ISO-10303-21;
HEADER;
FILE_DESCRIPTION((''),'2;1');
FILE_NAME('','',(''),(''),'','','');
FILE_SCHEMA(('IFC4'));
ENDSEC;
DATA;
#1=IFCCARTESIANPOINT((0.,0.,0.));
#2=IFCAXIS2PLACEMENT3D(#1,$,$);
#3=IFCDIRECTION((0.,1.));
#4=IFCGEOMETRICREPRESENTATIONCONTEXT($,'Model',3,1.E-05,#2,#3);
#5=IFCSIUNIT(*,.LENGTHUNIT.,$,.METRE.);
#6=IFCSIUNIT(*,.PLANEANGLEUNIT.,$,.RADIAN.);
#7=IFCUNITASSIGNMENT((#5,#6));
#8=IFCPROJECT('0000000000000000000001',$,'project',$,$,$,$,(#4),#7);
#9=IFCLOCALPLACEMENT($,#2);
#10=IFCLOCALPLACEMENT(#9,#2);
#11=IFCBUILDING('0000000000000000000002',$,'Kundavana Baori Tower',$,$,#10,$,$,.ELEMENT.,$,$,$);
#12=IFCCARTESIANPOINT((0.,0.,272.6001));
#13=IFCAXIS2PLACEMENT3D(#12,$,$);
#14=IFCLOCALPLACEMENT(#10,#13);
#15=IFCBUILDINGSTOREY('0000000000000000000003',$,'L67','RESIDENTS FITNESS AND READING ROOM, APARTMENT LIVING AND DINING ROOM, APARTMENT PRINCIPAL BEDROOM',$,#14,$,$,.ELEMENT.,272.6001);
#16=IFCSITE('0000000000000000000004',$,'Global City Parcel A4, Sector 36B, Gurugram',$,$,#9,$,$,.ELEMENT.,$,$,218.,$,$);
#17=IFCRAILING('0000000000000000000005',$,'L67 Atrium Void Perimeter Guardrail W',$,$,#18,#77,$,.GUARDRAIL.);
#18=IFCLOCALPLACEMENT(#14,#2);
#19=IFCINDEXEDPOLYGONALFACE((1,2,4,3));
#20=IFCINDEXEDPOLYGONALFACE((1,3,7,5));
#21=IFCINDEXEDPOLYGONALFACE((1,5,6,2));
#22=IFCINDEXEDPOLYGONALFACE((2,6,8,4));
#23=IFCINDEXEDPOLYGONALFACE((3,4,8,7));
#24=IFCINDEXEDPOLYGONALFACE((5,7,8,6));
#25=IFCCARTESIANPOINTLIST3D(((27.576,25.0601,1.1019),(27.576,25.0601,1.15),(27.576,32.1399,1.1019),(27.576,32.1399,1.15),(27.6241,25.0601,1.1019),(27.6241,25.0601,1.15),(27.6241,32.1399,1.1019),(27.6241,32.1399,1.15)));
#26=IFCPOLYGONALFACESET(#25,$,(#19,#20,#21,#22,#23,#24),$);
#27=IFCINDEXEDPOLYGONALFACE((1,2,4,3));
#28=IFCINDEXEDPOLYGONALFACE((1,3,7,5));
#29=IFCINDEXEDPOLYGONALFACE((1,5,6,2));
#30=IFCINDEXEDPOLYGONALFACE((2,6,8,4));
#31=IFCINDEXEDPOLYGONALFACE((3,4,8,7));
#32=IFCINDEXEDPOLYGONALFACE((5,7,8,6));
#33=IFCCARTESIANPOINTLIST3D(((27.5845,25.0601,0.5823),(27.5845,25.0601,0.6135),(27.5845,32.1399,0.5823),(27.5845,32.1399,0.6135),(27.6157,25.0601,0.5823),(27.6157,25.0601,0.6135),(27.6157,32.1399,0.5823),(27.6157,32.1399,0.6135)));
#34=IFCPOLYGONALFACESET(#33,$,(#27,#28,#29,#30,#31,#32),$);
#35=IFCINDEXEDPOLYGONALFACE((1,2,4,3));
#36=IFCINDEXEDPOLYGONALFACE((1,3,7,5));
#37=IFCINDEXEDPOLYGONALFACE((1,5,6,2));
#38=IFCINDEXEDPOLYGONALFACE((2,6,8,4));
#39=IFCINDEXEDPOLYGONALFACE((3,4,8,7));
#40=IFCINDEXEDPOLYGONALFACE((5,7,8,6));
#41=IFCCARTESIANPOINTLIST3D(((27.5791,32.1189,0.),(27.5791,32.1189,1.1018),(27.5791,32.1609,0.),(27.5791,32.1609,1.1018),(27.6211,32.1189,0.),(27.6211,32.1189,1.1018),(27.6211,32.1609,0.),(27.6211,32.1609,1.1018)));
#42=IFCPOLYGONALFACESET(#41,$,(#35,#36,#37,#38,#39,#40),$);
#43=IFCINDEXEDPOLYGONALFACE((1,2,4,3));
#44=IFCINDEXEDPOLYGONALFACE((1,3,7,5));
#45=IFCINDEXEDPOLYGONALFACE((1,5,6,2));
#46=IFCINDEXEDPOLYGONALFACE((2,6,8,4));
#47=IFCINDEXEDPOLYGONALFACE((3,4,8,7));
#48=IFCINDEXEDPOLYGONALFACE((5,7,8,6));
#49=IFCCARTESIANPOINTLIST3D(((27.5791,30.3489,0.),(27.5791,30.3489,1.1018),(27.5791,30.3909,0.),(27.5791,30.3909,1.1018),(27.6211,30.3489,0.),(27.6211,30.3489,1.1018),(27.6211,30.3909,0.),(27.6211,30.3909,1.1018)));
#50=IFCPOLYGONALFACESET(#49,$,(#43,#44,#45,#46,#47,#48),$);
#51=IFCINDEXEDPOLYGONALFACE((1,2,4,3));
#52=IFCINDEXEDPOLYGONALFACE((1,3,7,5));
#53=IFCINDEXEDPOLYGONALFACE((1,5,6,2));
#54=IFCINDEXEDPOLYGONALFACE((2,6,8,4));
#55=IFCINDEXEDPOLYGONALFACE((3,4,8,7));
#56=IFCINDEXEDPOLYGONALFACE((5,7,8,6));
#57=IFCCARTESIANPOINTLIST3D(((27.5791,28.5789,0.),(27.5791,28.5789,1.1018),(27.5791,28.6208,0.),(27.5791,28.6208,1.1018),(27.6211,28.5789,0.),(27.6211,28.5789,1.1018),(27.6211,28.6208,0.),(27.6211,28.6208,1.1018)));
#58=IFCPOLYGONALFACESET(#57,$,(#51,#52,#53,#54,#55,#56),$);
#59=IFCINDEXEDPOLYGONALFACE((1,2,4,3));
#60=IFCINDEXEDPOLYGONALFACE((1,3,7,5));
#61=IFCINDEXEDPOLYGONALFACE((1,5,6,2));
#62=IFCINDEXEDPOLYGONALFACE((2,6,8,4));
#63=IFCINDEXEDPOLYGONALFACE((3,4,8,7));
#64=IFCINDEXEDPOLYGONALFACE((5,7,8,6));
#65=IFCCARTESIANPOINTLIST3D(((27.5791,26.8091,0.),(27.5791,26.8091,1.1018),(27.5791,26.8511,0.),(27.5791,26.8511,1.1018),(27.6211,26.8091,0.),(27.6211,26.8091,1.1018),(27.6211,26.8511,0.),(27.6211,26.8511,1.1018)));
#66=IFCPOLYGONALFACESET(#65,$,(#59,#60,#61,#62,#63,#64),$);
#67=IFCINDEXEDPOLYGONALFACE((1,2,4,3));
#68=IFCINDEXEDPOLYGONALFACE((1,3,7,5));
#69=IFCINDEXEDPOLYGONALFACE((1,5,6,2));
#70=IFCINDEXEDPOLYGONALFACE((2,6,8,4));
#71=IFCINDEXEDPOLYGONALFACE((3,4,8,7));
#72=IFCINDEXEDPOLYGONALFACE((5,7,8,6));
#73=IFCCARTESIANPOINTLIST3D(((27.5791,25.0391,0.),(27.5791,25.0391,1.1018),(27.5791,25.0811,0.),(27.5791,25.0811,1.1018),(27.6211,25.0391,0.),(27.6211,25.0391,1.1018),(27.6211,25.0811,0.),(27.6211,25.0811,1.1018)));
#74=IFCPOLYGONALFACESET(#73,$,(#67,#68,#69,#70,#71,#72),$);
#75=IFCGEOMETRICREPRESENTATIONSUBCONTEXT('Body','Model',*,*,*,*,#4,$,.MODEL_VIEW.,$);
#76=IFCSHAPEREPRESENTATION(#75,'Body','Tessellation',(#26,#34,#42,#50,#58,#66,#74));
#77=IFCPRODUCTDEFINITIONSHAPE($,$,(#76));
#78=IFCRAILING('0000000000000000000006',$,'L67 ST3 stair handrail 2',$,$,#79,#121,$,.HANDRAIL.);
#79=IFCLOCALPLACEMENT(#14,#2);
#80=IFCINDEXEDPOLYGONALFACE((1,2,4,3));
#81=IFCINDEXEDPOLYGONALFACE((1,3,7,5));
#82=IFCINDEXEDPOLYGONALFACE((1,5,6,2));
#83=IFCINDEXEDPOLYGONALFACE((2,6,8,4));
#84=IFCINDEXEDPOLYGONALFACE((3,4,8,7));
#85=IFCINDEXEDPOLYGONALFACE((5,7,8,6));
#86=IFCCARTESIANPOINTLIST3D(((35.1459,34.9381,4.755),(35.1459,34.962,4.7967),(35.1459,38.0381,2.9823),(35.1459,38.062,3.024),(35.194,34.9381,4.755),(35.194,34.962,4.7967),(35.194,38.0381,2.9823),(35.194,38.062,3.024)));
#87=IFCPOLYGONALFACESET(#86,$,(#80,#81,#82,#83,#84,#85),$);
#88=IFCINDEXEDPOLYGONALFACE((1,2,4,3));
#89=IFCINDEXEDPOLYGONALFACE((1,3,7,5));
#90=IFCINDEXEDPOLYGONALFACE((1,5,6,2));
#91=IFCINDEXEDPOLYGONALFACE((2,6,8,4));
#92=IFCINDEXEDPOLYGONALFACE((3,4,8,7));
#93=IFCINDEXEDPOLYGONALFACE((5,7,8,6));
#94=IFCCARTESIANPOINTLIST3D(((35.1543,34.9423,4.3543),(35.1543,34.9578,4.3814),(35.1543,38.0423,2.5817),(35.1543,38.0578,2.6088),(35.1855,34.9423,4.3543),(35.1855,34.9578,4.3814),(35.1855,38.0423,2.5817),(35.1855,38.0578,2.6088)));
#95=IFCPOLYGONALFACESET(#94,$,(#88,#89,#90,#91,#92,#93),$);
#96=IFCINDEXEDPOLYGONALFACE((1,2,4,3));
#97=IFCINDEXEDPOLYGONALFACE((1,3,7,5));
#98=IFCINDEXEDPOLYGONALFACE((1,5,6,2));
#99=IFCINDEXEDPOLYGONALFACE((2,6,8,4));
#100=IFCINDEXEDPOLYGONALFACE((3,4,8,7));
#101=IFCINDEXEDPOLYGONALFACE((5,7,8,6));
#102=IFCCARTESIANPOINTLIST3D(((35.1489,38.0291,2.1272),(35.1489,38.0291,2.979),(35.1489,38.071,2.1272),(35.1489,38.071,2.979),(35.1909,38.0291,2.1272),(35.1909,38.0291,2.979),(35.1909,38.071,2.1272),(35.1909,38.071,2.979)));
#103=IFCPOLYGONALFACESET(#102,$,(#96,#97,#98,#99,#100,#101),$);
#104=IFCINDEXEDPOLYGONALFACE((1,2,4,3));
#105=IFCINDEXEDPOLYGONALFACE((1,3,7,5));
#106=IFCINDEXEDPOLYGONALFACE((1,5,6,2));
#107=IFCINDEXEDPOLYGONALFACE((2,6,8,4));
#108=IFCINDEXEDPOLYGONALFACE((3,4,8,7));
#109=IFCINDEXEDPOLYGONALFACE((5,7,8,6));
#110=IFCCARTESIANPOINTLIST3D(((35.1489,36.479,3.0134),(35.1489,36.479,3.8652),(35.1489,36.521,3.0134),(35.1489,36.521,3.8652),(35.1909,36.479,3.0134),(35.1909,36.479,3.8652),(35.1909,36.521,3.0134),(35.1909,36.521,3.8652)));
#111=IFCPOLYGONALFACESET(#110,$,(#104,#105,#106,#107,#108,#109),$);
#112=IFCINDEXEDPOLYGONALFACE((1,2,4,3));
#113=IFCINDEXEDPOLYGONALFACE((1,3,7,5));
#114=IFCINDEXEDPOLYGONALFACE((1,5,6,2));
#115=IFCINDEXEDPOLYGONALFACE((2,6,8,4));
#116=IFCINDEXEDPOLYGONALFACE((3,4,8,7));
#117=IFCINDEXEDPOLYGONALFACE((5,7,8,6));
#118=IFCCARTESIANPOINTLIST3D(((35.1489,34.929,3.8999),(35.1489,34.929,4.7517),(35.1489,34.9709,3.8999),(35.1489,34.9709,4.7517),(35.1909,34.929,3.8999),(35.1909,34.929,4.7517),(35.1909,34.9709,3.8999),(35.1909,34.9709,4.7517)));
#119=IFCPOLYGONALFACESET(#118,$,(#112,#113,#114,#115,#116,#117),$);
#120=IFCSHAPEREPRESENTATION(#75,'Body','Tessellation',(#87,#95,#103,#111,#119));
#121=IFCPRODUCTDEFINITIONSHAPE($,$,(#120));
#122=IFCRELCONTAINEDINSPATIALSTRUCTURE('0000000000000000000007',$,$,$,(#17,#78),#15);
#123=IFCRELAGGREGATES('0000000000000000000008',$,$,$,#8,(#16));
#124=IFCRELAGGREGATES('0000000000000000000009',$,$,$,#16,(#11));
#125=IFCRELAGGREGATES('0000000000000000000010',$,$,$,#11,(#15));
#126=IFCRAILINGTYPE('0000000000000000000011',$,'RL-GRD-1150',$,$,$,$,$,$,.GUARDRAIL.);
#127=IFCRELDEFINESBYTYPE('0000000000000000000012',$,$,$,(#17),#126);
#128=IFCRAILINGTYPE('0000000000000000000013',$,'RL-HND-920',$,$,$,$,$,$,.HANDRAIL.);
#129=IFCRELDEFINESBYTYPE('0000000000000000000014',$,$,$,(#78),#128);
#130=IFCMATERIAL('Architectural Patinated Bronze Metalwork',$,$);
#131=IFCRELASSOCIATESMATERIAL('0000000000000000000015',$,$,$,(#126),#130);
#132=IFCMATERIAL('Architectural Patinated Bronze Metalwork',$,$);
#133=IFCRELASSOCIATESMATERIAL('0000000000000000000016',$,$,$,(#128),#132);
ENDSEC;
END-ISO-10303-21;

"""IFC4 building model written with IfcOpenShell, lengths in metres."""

from ifc_helpers import new_model, si_unit, direction, frame, origin, origin_2d, place, context, subcontext, project, spatial, rectangle, extrude, material, type_object, element, save


model = new_model("IFC4")

# Units and contexts
model_context = context("Model", 3, precision=1e-05, world=origin(), true_north=direction((0.0, 1.0)))
body_context = subcontext(model_context, "Body", "Model", "MODEL_VIEW")
ifc_project = project(units=[si_unit("LENGTHUNIT", "METRE"), si_unit("PLANEANGLEUNIT", "RADIAN")], contexts=[model_context])

# Site, building, storey
site_placement = place(None, origin())
site = spatial("IfcSite", under=ifc_project, at=site_placement, Name="Global City Parcel A4, Sector 36B, Gurugram", CompositionType="ELEMENT", RefElevation=218.0)
building_placement = place(site_placement, origin())
building = spatial("IfcBuilding", under=site, at=building_placement, Name="Kundavana Baori Tower", CompositionType="ELEMENT")
storey_placement = place(building_placement, frame((0.0, 0.0, 272.6001)))
storey = spatial("IfcBuildingStorey", under=building, at=storey_placement, Name="L67", Description="RESIDENTS FITNESS AND READING ROOM, APARTMENT LIVING AND DINING ROOM, APARTMENT PRINCIPAL BEDROOM", CompositionType="ELEMENT", Elevation=272.6001)

# Railings
ifc_material_1 = material(Name="Architectural Patinated Bronze Metalwork")
railing_type_1 = type_object("IfcRailingType", Name="RL-GRD-1150", PredefinedType="GUARDRAIL", material=ifc_material_1)
railing_1_placement = place(storey_placement, frame((27.6001, 32.1399, 0.0)))
element("IfcRailing", 1, at=railing_1_placement, inside=storey, type_object=railing_type_1, Name="L67 Atrium Void Perimeter Guardrail W", PredefinedType="GUARDRAIL", context=body_context, shape_type="SweptSolid", body=[
    extrude(rectangle(XDim=0.0481, YDim=0.0481, at=origin_2d()), frame((0.0, 0.0, 1.126), z_axis=(0.0, -1.0, 0.0), x_axis=(1.0, 0.0, 0.0)), (0.0, 0.0, 1.0), 7.0798),
    extrude(rectangle(XDim=0.0312, YDim=0.0312, at=origin_2d()), frame((0.0, 0.0, 0.5979), z_axis=(0.0, -1.0, 0.0), x_axis=(1.0, 0.0, 0.0)), (0.0, 0.0, 1.0), 7.0798),
    extrude(rectangle(XDim=0.042, YDim=0.042, at=origin_2d()), origin(), (0.0, 0.0, 1.0), 1.1018),
    extrude(rectangle(XDim=0.042, YDim=0.042, at=origin_2d()), frame((0.0, -1.77, 0.0)), (0.0, 0.0, 1.0), 1.1018),
    extrude(rectangle(XDim=0.042, YDim=0.042, at=origin_2d()), frame((0.0, -3.54, 0.0)), (0.0, 0.0, 1.0), 1.1018),
    extrude(rectangle(XDim=0.042, YDim=0.042, at=origin_2d()), frame((0.0, -5.3098, 0.0)), (0.0, 0.0, 1.0), 1.1018),
    extrude(rectangle(XDim=0.042, YDim=0.042, at=origin_2d()), frame((0.0, -7.0798, 0.0)), (0.0, 0.0, 1.0), 1.1018),
])
ifc_material_2 = material(Name="Architectural Patinated Bronze Metalwork")
railing_type_2 = type_object("IfcRailingType", Name="RL-HND-920", PredefinedType="HANDRAIL", material=ifc_material_2)
railing_2_placement = place(storey_placement, frame((35.1699, 38.05, 2.1272)))
element("IfcRailing", 2, at=railing_2_placement, inside=storey, type_object=railing_type_2, Name="L67 ST3 stair handrail 2", PredefinedType="HANDRAIL", context=body_context, shape_type="SweptSolid", body=[
    extrude(rectangle(XDim=0.0481, YDim=0.0481, at=origin_2d()), frame((0.0, 0.0, 0.876), z_axis=(0.0, -0.868096, 0.496397), x_axis=(1.0, 0.0, 0.0)), (0.0, 0.0, 1.0), 3.571),
    extrude(rectangle(XDim=0.0312, YDim=0.0312, at=origin_2d()), frame((0.0, 0.0, 0.468), z_axis=(0.0, -0.868096, 0.496397), x_axis=(1.0, 0.0, 0.0)), (0.0, 0.0, 1.0), 3.571),
    extrude(rectangle(XDim=0.042, YDim=0.042, at=origin_2d()), origin(), (0.0, 0.0, 1.0), 0.8518),
    extrude(rectangle(XDim=0.042, YDim=0.042, at=origin_2d()), frame((0.0, -1.55, 0.8862)), (0.0, 0.0, 1.0), 0.8518),
    extrude(rectangle(XDim=0.042, YDim=0.042, at=origin_2d()), frame((0.0, -3.1001, 1.7727)), (0.0, 0.0, 1.0), 0.8518),
])

save(model, "model.ifc")
